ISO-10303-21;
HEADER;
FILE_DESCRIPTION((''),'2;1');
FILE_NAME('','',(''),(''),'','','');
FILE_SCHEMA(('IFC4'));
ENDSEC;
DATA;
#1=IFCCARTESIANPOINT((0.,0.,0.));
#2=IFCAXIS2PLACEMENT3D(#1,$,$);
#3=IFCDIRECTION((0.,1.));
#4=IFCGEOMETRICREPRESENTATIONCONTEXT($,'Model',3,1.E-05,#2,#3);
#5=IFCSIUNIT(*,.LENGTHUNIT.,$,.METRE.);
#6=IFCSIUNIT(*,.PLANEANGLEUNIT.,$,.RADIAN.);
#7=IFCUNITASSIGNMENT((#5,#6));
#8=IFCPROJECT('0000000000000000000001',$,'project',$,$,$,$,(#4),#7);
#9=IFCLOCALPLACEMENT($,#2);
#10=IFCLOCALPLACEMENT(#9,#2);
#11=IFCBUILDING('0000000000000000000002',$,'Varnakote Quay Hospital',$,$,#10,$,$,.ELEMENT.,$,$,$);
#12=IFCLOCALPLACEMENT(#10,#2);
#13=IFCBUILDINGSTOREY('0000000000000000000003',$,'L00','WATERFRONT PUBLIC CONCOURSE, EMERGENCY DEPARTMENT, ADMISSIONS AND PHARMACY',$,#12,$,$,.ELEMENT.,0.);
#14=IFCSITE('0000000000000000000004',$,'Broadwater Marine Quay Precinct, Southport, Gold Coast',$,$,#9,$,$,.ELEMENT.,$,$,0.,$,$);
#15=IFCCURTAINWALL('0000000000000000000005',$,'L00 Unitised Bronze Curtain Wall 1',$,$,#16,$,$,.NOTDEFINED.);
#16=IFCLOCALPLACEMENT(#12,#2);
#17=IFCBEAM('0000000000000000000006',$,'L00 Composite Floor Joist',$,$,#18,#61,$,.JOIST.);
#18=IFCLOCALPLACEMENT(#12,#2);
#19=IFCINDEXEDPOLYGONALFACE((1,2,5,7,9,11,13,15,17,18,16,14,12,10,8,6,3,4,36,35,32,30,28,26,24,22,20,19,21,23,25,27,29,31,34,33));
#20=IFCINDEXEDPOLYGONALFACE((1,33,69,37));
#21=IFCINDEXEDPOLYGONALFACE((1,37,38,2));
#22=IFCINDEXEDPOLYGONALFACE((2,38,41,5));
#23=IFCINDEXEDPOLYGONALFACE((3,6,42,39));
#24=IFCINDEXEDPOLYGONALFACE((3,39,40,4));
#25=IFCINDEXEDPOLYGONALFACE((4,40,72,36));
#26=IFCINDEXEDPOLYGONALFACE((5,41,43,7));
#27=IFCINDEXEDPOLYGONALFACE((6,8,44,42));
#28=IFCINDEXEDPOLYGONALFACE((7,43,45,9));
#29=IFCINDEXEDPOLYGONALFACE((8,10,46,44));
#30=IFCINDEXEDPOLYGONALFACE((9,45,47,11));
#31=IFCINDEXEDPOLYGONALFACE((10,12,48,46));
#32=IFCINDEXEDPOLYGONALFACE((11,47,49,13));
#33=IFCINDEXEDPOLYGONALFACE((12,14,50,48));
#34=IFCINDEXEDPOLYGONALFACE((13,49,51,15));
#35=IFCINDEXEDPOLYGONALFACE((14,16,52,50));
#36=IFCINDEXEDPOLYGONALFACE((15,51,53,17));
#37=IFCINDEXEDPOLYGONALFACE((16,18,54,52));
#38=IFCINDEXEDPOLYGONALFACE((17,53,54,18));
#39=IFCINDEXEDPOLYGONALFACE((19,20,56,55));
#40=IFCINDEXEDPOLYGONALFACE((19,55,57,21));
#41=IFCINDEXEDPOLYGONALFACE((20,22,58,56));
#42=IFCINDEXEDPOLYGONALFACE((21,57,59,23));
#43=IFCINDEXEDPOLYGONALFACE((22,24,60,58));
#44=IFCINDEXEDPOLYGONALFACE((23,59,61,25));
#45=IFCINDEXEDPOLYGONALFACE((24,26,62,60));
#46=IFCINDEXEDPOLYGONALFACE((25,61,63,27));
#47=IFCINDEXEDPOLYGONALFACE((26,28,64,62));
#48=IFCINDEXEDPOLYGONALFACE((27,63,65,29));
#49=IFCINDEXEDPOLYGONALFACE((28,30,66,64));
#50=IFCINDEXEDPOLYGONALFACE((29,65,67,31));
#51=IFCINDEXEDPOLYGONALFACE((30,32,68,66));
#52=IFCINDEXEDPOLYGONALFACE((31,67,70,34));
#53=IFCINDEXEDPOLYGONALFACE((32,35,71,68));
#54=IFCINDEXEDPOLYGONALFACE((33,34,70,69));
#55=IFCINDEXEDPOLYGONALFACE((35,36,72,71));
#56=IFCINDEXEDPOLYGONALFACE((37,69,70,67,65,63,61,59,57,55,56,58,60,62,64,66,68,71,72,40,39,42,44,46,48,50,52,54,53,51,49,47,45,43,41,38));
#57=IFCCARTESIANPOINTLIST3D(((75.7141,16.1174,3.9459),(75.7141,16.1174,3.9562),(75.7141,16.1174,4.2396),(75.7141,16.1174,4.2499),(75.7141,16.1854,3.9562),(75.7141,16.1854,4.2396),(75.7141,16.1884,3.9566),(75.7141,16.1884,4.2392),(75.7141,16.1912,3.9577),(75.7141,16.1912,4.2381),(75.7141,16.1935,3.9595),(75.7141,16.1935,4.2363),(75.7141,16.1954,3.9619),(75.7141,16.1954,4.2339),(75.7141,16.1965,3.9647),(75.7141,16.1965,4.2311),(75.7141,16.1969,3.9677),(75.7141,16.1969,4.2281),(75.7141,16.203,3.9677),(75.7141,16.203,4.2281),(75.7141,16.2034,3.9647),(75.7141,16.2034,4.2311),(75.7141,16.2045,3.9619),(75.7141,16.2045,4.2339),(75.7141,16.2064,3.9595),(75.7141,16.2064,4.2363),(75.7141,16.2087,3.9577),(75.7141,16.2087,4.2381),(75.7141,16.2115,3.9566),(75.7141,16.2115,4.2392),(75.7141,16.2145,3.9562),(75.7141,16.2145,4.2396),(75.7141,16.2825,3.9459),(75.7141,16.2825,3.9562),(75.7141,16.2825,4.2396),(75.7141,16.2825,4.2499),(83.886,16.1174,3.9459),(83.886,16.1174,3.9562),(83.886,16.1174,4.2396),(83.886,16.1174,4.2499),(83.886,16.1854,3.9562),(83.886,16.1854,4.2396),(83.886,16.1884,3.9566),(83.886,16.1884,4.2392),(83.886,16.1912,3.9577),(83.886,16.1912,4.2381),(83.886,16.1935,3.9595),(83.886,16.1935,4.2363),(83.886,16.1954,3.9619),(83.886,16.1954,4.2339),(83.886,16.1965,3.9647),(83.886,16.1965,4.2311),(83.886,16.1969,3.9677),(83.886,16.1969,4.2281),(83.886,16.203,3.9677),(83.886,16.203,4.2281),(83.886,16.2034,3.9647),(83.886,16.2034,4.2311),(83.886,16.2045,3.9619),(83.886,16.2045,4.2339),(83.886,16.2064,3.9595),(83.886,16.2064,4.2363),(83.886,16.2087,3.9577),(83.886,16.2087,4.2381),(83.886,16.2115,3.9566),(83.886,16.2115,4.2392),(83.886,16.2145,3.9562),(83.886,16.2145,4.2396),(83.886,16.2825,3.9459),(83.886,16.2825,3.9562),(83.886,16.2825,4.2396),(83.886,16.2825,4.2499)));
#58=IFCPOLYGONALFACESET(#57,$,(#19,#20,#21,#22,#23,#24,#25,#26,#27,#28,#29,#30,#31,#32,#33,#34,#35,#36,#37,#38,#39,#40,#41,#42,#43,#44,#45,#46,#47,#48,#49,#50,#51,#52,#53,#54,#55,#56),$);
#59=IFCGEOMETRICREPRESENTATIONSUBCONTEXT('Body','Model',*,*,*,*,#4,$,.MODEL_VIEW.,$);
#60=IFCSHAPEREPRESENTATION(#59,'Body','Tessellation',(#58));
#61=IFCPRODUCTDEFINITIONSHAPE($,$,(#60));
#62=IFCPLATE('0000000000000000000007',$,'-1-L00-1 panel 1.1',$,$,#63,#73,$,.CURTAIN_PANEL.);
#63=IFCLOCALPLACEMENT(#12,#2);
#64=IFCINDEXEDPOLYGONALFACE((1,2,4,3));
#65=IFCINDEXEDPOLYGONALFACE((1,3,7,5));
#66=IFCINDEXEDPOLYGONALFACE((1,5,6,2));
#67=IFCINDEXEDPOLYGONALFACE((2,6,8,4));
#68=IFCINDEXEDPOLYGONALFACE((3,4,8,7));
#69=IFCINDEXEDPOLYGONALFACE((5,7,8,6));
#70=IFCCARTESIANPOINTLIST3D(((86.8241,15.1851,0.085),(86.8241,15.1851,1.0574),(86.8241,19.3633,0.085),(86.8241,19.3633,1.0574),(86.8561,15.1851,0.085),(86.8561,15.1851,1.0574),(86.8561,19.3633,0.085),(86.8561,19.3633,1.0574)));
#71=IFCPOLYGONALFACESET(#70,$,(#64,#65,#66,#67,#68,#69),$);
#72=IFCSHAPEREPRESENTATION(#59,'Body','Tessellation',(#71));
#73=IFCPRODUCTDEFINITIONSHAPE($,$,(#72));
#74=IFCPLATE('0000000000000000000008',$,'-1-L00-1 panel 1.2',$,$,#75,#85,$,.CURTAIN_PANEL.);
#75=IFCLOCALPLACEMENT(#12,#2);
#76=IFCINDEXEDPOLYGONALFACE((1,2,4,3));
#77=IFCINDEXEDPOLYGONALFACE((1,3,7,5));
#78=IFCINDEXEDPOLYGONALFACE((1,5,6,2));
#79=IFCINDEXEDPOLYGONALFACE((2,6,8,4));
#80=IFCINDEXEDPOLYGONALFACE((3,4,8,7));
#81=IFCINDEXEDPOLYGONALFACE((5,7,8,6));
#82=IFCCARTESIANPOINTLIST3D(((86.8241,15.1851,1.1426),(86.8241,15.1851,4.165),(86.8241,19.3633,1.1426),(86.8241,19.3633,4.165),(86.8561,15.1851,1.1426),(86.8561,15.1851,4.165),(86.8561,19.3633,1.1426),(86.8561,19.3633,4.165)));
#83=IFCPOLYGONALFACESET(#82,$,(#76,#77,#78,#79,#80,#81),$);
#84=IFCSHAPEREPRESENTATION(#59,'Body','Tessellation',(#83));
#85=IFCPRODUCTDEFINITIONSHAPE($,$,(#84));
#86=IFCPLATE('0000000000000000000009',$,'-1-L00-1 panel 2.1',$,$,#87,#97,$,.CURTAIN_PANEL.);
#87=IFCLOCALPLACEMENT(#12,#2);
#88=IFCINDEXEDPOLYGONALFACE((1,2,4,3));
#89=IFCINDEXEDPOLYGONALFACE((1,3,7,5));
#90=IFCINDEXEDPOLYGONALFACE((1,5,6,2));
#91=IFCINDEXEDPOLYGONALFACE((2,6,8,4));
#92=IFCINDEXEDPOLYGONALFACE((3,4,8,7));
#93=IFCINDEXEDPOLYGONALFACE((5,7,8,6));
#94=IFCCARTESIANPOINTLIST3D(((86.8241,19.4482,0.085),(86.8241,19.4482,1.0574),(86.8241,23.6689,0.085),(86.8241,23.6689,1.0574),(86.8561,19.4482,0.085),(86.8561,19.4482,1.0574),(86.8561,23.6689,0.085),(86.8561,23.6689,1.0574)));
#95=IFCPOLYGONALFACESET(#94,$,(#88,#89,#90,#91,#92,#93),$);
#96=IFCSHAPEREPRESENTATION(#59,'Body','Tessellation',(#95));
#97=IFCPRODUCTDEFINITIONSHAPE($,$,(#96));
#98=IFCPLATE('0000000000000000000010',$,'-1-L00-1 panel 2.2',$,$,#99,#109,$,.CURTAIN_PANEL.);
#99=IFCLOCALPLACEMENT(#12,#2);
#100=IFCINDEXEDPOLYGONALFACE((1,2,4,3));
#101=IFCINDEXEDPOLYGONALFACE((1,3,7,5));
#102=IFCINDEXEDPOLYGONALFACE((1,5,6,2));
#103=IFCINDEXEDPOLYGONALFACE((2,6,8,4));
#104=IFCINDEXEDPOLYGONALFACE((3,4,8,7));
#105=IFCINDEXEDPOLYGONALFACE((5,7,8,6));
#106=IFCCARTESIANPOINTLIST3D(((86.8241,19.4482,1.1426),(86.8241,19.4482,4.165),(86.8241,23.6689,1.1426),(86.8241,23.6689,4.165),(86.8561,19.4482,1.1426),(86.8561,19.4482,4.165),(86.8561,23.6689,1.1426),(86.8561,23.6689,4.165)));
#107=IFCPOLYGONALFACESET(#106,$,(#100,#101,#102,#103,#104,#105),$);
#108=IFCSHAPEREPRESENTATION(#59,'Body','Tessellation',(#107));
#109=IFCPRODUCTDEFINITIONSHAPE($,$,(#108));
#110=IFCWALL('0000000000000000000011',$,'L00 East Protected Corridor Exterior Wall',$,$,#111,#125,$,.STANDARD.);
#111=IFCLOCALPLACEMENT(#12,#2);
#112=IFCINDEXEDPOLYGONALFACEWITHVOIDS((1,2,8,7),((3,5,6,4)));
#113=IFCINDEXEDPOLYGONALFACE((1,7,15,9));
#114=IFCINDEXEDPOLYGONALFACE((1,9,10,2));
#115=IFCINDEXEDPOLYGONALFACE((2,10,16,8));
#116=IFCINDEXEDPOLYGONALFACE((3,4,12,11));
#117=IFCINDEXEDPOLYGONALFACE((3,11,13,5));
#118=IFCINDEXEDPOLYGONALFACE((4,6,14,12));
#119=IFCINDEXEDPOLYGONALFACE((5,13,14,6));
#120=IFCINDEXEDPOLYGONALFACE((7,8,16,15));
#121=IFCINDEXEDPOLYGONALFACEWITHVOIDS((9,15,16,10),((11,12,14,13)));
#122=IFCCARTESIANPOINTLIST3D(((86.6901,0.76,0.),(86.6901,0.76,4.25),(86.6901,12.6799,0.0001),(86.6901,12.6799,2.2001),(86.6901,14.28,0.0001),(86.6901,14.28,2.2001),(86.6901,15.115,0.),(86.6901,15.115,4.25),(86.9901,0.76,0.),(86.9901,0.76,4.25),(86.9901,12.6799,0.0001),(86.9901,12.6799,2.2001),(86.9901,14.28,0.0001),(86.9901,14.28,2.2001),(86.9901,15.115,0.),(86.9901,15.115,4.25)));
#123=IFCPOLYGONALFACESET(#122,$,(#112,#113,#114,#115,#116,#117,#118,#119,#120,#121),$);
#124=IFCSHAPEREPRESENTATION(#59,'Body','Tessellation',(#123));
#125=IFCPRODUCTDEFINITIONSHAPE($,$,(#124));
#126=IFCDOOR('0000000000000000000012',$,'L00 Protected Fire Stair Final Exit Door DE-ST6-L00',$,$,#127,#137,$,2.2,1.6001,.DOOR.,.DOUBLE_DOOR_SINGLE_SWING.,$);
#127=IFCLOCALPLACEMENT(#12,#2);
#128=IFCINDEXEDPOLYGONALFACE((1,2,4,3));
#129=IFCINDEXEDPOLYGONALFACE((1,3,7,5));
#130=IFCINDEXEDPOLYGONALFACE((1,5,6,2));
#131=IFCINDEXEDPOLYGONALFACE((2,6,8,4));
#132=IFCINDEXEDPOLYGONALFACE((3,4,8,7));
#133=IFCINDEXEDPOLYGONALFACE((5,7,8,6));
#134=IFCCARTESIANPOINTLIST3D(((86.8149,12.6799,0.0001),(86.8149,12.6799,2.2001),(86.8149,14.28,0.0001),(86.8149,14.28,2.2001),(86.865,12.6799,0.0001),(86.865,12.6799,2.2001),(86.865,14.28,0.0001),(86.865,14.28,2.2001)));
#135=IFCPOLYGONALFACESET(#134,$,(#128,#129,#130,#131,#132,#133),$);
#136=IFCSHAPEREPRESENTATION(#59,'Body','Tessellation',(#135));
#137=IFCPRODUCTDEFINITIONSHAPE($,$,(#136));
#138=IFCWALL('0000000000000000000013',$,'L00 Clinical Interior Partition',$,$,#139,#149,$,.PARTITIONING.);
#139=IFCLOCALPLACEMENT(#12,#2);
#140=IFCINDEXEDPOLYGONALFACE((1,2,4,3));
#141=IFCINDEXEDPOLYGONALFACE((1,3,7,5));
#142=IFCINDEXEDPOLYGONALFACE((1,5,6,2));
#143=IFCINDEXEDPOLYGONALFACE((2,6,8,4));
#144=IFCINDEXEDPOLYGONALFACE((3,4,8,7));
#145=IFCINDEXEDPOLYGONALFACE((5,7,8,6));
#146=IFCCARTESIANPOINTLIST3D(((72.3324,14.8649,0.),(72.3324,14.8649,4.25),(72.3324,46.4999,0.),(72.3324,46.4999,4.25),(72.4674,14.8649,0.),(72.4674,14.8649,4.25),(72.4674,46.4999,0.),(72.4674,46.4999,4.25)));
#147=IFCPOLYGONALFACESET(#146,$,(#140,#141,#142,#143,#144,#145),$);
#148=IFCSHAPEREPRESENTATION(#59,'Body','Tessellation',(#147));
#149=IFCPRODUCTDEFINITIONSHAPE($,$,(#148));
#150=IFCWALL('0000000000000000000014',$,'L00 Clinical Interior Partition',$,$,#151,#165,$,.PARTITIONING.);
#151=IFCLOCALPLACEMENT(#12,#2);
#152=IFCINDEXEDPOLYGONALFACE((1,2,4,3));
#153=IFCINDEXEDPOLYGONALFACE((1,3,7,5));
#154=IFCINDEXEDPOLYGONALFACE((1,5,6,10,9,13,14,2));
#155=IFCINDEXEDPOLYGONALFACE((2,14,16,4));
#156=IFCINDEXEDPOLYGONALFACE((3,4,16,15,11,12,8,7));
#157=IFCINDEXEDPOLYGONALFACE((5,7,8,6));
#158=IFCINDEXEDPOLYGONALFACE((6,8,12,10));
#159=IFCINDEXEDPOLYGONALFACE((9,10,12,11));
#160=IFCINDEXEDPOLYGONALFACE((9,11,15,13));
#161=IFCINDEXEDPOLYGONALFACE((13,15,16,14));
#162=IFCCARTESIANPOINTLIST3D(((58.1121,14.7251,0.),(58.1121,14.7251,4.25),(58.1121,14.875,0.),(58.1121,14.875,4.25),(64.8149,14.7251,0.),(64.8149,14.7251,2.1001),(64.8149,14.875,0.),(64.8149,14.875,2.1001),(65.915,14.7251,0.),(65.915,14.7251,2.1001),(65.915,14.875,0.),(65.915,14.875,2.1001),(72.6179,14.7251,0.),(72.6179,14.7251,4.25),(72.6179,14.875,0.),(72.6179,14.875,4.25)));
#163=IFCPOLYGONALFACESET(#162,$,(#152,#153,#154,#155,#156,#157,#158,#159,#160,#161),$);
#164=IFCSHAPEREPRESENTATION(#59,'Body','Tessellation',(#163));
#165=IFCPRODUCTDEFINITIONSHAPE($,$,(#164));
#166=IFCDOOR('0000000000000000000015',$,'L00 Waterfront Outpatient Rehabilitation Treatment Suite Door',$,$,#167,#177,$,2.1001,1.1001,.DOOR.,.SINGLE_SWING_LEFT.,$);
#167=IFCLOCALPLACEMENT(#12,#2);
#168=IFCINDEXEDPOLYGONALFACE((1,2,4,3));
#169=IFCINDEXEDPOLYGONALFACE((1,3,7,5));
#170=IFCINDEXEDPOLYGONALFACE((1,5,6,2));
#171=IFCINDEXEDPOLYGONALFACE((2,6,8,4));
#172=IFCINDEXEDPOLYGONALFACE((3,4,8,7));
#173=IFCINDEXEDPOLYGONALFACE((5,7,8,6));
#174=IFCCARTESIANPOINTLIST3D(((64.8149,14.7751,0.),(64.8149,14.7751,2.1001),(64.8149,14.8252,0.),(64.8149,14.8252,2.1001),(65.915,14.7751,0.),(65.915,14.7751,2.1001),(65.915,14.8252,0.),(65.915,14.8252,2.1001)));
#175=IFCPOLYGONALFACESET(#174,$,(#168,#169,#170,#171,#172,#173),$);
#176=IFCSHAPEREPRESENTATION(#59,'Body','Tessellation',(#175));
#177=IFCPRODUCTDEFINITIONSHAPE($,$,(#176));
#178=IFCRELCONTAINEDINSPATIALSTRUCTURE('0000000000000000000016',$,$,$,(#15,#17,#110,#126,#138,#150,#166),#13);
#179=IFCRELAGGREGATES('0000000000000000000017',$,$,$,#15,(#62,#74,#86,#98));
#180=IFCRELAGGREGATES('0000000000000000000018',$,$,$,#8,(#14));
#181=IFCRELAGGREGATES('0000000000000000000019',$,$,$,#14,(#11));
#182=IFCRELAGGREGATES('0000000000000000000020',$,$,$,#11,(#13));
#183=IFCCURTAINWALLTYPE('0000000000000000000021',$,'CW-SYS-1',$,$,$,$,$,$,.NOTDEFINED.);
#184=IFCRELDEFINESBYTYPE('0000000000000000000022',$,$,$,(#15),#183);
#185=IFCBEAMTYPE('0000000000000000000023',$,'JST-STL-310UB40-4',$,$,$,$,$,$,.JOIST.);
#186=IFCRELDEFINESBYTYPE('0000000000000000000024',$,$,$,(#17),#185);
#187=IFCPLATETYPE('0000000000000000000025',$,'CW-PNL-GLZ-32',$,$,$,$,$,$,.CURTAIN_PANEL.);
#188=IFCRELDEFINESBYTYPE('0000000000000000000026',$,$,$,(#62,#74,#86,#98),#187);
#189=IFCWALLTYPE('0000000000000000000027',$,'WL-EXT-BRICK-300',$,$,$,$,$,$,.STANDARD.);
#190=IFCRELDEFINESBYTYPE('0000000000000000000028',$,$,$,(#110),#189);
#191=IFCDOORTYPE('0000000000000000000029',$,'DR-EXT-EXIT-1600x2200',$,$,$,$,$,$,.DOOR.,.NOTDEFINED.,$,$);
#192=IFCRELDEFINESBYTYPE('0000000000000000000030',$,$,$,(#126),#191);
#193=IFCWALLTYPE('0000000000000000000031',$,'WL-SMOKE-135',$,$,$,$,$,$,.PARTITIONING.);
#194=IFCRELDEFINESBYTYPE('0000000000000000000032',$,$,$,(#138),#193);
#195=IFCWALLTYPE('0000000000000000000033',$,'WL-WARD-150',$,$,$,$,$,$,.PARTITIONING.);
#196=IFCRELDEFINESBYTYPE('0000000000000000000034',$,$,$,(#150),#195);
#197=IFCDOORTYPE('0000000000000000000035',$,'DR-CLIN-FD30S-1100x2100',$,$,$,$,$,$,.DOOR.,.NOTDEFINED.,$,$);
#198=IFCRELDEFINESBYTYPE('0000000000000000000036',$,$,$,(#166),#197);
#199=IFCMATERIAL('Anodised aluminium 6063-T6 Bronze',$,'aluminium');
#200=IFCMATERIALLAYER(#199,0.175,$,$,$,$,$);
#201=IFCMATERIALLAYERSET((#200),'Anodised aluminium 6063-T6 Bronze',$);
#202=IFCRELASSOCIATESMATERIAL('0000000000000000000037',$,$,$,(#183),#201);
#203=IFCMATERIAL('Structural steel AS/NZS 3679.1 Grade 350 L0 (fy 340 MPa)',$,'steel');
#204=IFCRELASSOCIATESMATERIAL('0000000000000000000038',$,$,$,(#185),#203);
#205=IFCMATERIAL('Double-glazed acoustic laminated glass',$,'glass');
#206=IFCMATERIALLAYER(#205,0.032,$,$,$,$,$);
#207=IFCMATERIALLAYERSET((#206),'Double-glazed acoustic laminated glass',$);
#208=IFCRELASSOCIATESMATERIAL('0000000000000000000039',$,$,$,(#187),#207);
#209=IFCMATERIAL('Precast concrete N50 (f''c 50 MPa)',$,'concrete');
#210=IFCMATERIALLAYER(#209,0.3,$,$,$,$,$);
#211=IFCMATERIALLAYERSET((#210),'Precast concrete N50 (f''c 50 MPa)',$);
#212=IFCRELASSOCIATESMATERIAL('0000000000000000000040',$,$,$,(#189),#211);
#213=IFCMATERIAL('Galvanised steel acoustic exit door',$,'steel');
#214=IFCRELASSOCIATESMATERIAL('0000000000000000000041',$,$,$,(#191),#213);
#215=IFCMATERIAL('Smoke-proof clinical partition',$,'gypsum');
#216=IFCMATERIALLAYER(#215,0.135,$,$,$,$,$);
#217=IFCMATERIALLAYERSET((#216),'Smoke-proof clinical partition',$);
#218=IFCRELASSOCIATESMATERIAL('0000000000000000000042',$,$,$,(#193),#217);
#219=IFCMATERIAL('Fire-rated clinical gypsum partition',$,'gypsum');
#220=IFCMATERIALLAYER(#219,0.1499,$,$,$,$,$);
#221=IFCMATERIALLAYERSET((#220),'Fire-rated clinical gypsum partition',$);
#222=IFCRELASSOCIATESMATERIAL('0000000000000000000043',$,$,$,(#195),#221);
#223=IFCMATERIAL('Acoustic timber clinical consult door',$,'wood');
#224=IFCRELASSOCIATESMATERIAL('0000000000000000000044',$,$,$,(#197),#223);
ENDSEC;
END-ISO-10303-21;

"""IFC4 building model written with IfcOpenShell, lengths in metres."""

from ifc_helpers import new_model, si_unit, direction, frame, frame_2d, origin, origin_2d, place, context, subcontext, project, spatial, rectangle, i_section, extrude, material, layer, layer_set, material_profile, profile_set, type_object, element, fill, aggregate, save


model = new_model("IFC4")

# Units and contexts
model_context = context("Model", 3, precision=1e-05, world=origin(), true_north=direction((0.0, 1.0)))
body_context = subcontext(model_context, "Body", "Model", "MODEL_VIEW")
ifc_project = project(units=[si_unit("LENGTHUNIT", "METRE"), si_unit("PLANEANGLEUNIT", "RADIAN")], contexts=[model_context])

# Site, building, storey
site_placement = place(None, origin())
site = spatial("IfcSite", under=ifc_project, at=site_placement, Name="Broadwater Marine Quay Precinct, Southport, Gold Coast", CompositionType="ELEMENT", RefElevation=0.0)
building_placement = place(site_placement, origin())
building = spatial("IfcBuilding", under=site, at=building_placement, Name="Varnakote Quay Hospital", CompositionType="ELEMENT")
storey_placement = place(building_placement, origin())
storey = spatial("IfcBuildingStorey", under=building, at=storey_placement, Name="L00", Description="WATERFRONT PUBLIC CONCOURSE, EMERGENCY DEPARTMENT, ADMISSIONS AND PHARMACY", CompositionType="ELEMENT", Elevation=0.0)

# Curtain wall
ifc_material_1 = material(Name="Anodised aluminium 6063-T6 Bronze", Category="aluminium")
ifc_layer_1 = layer(ifc_material_1, 0.175)
ifc_layer_set_1 = layer_set([ifc_layer_1], Name="Anodised aluminium 6063-T6 Bronze")
curtain_wall_type = type_object("IfcCurtainWallType", Name="CW-SYS-1", PredefinedType="NOTDEFINED", material=ifc_layer_set_1)
curtain_wall_placement = place(storey_placement, origin())
curtain_wall = element("IfcCurtainWall", 1, at=curtain_wall_placement, inside=storey, type_object=curtain_wall_type, Name="L00 Unitised Bronze Curtain Wall 1", PredefinedType="NOTDEFINED")

# Beam
ifc_material_2 = material(Name="Structural steel AS/NZS 3679.1 Grade 350 L0 (fy 340 MPa)", Category="steel")
ifc_material_profile_1 = material_profile(ifc_material_2, i_section(OverallWidth=0.165, OverallDepth=0.304, WebThickness=0.0061, FlangeThickness=0.0103, FilletRadius=0.0115, at=origin_2d()), Name="310UB40.4")
ifc_profile_set_1 = profile_set([ifc_material_profile_1], Name="Structural steel AS/NZS 3679.1 Grade 350 L0 (fy 340 MPa)")
beam_type_1 = type_object("IfcBeamType", Name="JST-STL-310UB40-4", PredefinedType="JOIST", material=ifc_profile_set_1)
beam_1_placement = place(storey_placement, frame((75.7141, 16.2, 4.0979), z_axis=(1.0, 0.0, 0.0), x_axis=(0.0, 1.0, 0.0)))
element("IfcBeam", 2, at=beam_1_placement, inside=storey, type_object=beam_type_1, Name="L00 Composite Floor Joist", PredefinedType="JOIST", context=body_context, shape_type="SweptSolid", body=[
    extrude(i_section(OverallWidth=0.165, OverallDepth=0.304, WebThickness=0.0061, FlangeThickness=0.0103, FilletRadius=0.0115, at=origin_2d()), origin(), (0.0, 0.0, 1.0), 8.1719),
])

# Plates
ifc_material_3 = material(Name="Double-glazed acoustic laminated glass", Category="glass")
ifc_layer_2 = layer(ifc_material_3, 0.032)
ifc_layer_set_2 = layer_set([ifc_layer_2], Name="Double-glazed acoustic laminated glass")
plate_type = type_object("IfcPlateType", Name="CW-PNL-GLZ-32", PredefinedType="CURTAIN_PANEL", material=ifc_layer_set_2)
plate_1_placement = place(storey_placement, frame((86.8401, 17.2742, 0.085), z_axis=(0.0, 0.0, 1.0), x_axis=(0.0, 1.0, 0.0)))
plate_1 = element("IfcPlate", 3, at=plate_1_placement, type_object=plate_type, Name="-1-L00-1 panel 1.1", PredefinedType="CURTAIN_PANEL", context=body_context, shape_type="SweptSolid", body=[
    extrude(rectangle(XDim=4.1782, YDim=0.032, at=origin_2d()), origin(), (0.0, 0.0, 1.0), 0.9724),
])
plate_2_placement = place(storey_placement, frame((86.8401, 17.2742, 1.1426), z_axis=(0.0, 0.0, 1.0), x_axis=(0.0, 1.0, 0.0)))
plate_2 = element("IfcPlate", 4, at=plate_2_placement, type_object=plate_type, Name="-1-L00-1 panel 1.2", PredefinedType="CURTAIN_PANEL", context=body_context, shape_type="SweptSolid", body=[
    extrude(rectangle(XDim=4.1782, YDim=0.032, at=origin_2d()), origin(), (0.0, 0.0, 1.0), 3.0225),
])
plate_3_placement = place(storey_placement, frame((86.8401, 21.5586, 0.085), z_axis=(0.0, 0.0, 1.0), x_axis=(0.0, 1.0, 0.0)))
plate_3 = element("IfcPlate", 5, at=plate_3_placement, type_object=plate_type, Name="-1-L00-1 panel 2.1", PredefinedType="CURTAIN_PANEL", context=body_context, shape_type="SweptSolid", body=[
    extrude(rectangle(XDim=4.2207, YDim=0.032, at=origin_2d()), origin(), (0.0, 0.0, 1.0), 0.9724),
])
plate_4_placement = place(storey_placement, frame((86.8401, 21.5586, 1.1426), z_axis=(0.0, 0.0, 1.0), x_axis=(0.0, 1.0, 0.0)))
plate_4 = element("IfcPlate", 6, at=plate_4_placement, type_object=plate_type, Name="-1-L00-1 panel 2.2", PredefinedType="CURTAIN_PANEL", context=body_context, shape_type="SweptSolid", body=[
    extrude(rectangle(XDim=4.2207, YDim=0.032, at=origin_2d()), origin(), (0.0, 0.0, 1.0), 3.0225),
])
aggregate(curtain_wall, [plate_1, plate_2, plate_3, plate_4])

# Wall, opening, door
ifc_material_4 = material(Name="Precast concrete N50 (f'c 50 MPa)", Category="concrete")
ifc_layer_3 = layer(ifc_material_4, 0.3)
ifc_layer_set_3 = layer_set([ifc_layer_3], Name="Precast concrete N50 (f'c 50 MPa)")
wall_type_1 = type_object("IfcWallType", Name="WL-EXT-BRICK-300", PredefinedType="STANDARD", material=ifc_layer_set_3)
wall_1_placement = place(storey_placement, frame((86.8401, 15.115, 0.0), z_axis=(0.0, 0.0, 1.0), x_axis=(0.0, -1.0, 0.0)))
wall_1 = element("IfcWall", 7, at=wall_1_placement, inside=storey, type_object=wall_type_1, Name="L00 East Protected Corridor Exterior Wall", PredefinedType="STANDARD", context=body_context, shape_type="SweptSolid", body=[
    extrude(rectangle(XDim=14.355, YDim=0.3, at=frame_2d((7.1775, 0.0))), origin(), (0.0, 0.0, 1.0), 4.25),
])
opening_1_placement = place(wall_1_placement, frame((0.835, 0.0, 0.0)))
opening_1 = element("IfcOpeningElement", 8, at=opening_1_placement, cuts=wall_1, PredefinedType="OPENING", context=body_context, shape_type="SweptSolid", body=[
    extrude(rectangle(XDim=1.6001, YDim=2.2, at=frame_2d((0.8, 1.1001))), frame((0.0, 0.1599, 0.0), z_axis=(0.0, -1.0, 0.0), x_axis=(1.0, 0.0, 0.0)), (0.0, 0.0, 1.0), 0.3201),
])
ifc_material_5 = material(Name="Galvanised steel acoustic exit door", Category="steel")
door_type_1 = type_object("IfcDoorType", Name="DR-EXT-EXIT-1600x2200", OperationType="NOTDEFINED", PredefinedType="DOOR", material=ifc_material_5)
door_1_placement = place(opening_1_placement, origin())
door_1 = element("IfcDoor", 9, at=door_1_placement, inside=storey, type_object=door_type_1, Name="L00 Protected Fire Stair Final Exit Door DE-ST6-L00", OperationType="DOUBLE_DOOR_SINGLE_SWING", OverallHeight=2.2, OverallWidth=1.6001, PredefinedType="DOOR", context=body_context, shape_type="SweptSolid", body=[
    extrude(rectangle(XDim=1.6001, YDim=2.2, at=frame_2d((0.8, 1.1001))), frame((0.0, 0.0249, 0.0), z_axis=(0.0, -1.0, 0.0), x_axis=(1.0, 0.0, 0.0)), (0.0, 0.0, 1.0), 0.05),
])
fill(opening_1, door_1)

# Wall
ifc_material_6 = material(Name="Smoke-proof clinical partition", Category="gypsum")
ifc_layer_4 = layer(ifc_material_6, 0.135)
ifc_layer_set_4 = layer_set([ifc_layer_4], Name="Smoke-proof clinical partition")
wall_type_2 = type_object("IfcWallType", Name="WL-SMOKE-135", PredefinedType="PARTITIONING", material=ifc_layer_set_4)
wall_2_placement = place(storey_placement, frame((72.3999, 14.865, 0.0), z_axis=(0.0, 0.0, 1.0), x_axis=(0.0, 1.0, 0.0)))
element("IfcWall", 10, at=wall_2_placement, inside=storey, type_object=wall_type_2, Name="L00 Clinical Interior Partition", PredefinedType="PARTITIONING", context=body_context, shape_type="SweptSolid", body=[
    extrude(rectangle(XDim=31.635, YDim=0.135, at=frame_2d((15.8174, 0.0))), origin(), (0.0, 0.0, 1.0), 4.25),
])

# Wall, opening, door
ifc_material_7 = material(Name="Fire-rated clinical gypsum partition", Category="gypsum")
ifc_layer_5 = layer(ifc_material_7, 0.1499)
ifc_layer_set_5 = layer_set([ifc_layer_5], Name="Fire-rated clinical gypsum partition")
wall_type_3 = type_object("IfcWallType", Name="WL-WARD-150", PredefinedType="PARTITIONING", material=ifc_layer_set_5)
wall_3_placement = place(storey_placement, frame((72.6179, 14.8, 0.0), z_axis=(0.0, 0.0, 1.0), x_axis=(-1.0, 0.0, 0.0)))
wall_3 = element("IfcWall", 11, at=wall_3_placement, inside=storey, type_object=wall_type_3, Name="L00 Clinical Interior Partition", PredefinedType="PARTITIONING", context=body_context, shape_type="SweptSolid", body=[
    extrude(rectangle(XDim=14.5059, YDim=0.1499, at=frame_2d((7.2529, 0.0))), origin(), (0.0, 0.0, 1.0), 4.25),
])
opening_2_placement = place(wall_3_placement, frame((6.7029, 0.0, 0.0)))
opening_2 = element("IfcOpeningElement", 12, at=opening_2_placement, cuts=wall_3, PredefinedType="OPENING", context=body_context, shape_type="SweptSolid", body=[
    extrude(rectangle(XDim=1.1001, YDim=2.1001, at=frame_2d((0.55, 1.05))), frame((0.0, 0.085, 0.0), z_axis=(0.0, -1.0, 0.0), x_axis=(1.0, 0.0, 0.0)), (0.0, 0.0, 1.0), 0.1699),
])
ifc_material_8 = material(Name="Acoustic timber clinical consult door", Category="wood")
door_type_2 = type_object("IfcDoorType", Name="DR-CLIN-FD30S-1100x2100", OperationType="NOTDEFINED", PredefinedType="DOOR", material=ifc_material_8)
door_2_placement = place(opening_2_placement, origin())
door_2 = element("IfcDoor", 13, at=door_2_placement, inside=storey, type_object=door_type_2, Name="L00 Waterfront Outpatient Rehabilitation Treatment Suite Door", OperationType="SINGLE_SWING_LEFT", OverallHeight=2.1001, OverallWidth=1.1001, PredefinedType="DOOR", context=body_context, shape_type="SweptSolid", body=[
    extrude(rectangle(XDim=1.1001, YDim=2.1001, at=frame_2d((0.55, 1.05))), frame((0.0, 0.0249, 0.0), z_axis=(0.0, -1.0, 0.0), x_axis=(1.0, 0.0, 0.0)), (0.0, 0.0, 1.0), 0.05),
])
fill(opening_2, door_2)

save(model, "model.ifc")
